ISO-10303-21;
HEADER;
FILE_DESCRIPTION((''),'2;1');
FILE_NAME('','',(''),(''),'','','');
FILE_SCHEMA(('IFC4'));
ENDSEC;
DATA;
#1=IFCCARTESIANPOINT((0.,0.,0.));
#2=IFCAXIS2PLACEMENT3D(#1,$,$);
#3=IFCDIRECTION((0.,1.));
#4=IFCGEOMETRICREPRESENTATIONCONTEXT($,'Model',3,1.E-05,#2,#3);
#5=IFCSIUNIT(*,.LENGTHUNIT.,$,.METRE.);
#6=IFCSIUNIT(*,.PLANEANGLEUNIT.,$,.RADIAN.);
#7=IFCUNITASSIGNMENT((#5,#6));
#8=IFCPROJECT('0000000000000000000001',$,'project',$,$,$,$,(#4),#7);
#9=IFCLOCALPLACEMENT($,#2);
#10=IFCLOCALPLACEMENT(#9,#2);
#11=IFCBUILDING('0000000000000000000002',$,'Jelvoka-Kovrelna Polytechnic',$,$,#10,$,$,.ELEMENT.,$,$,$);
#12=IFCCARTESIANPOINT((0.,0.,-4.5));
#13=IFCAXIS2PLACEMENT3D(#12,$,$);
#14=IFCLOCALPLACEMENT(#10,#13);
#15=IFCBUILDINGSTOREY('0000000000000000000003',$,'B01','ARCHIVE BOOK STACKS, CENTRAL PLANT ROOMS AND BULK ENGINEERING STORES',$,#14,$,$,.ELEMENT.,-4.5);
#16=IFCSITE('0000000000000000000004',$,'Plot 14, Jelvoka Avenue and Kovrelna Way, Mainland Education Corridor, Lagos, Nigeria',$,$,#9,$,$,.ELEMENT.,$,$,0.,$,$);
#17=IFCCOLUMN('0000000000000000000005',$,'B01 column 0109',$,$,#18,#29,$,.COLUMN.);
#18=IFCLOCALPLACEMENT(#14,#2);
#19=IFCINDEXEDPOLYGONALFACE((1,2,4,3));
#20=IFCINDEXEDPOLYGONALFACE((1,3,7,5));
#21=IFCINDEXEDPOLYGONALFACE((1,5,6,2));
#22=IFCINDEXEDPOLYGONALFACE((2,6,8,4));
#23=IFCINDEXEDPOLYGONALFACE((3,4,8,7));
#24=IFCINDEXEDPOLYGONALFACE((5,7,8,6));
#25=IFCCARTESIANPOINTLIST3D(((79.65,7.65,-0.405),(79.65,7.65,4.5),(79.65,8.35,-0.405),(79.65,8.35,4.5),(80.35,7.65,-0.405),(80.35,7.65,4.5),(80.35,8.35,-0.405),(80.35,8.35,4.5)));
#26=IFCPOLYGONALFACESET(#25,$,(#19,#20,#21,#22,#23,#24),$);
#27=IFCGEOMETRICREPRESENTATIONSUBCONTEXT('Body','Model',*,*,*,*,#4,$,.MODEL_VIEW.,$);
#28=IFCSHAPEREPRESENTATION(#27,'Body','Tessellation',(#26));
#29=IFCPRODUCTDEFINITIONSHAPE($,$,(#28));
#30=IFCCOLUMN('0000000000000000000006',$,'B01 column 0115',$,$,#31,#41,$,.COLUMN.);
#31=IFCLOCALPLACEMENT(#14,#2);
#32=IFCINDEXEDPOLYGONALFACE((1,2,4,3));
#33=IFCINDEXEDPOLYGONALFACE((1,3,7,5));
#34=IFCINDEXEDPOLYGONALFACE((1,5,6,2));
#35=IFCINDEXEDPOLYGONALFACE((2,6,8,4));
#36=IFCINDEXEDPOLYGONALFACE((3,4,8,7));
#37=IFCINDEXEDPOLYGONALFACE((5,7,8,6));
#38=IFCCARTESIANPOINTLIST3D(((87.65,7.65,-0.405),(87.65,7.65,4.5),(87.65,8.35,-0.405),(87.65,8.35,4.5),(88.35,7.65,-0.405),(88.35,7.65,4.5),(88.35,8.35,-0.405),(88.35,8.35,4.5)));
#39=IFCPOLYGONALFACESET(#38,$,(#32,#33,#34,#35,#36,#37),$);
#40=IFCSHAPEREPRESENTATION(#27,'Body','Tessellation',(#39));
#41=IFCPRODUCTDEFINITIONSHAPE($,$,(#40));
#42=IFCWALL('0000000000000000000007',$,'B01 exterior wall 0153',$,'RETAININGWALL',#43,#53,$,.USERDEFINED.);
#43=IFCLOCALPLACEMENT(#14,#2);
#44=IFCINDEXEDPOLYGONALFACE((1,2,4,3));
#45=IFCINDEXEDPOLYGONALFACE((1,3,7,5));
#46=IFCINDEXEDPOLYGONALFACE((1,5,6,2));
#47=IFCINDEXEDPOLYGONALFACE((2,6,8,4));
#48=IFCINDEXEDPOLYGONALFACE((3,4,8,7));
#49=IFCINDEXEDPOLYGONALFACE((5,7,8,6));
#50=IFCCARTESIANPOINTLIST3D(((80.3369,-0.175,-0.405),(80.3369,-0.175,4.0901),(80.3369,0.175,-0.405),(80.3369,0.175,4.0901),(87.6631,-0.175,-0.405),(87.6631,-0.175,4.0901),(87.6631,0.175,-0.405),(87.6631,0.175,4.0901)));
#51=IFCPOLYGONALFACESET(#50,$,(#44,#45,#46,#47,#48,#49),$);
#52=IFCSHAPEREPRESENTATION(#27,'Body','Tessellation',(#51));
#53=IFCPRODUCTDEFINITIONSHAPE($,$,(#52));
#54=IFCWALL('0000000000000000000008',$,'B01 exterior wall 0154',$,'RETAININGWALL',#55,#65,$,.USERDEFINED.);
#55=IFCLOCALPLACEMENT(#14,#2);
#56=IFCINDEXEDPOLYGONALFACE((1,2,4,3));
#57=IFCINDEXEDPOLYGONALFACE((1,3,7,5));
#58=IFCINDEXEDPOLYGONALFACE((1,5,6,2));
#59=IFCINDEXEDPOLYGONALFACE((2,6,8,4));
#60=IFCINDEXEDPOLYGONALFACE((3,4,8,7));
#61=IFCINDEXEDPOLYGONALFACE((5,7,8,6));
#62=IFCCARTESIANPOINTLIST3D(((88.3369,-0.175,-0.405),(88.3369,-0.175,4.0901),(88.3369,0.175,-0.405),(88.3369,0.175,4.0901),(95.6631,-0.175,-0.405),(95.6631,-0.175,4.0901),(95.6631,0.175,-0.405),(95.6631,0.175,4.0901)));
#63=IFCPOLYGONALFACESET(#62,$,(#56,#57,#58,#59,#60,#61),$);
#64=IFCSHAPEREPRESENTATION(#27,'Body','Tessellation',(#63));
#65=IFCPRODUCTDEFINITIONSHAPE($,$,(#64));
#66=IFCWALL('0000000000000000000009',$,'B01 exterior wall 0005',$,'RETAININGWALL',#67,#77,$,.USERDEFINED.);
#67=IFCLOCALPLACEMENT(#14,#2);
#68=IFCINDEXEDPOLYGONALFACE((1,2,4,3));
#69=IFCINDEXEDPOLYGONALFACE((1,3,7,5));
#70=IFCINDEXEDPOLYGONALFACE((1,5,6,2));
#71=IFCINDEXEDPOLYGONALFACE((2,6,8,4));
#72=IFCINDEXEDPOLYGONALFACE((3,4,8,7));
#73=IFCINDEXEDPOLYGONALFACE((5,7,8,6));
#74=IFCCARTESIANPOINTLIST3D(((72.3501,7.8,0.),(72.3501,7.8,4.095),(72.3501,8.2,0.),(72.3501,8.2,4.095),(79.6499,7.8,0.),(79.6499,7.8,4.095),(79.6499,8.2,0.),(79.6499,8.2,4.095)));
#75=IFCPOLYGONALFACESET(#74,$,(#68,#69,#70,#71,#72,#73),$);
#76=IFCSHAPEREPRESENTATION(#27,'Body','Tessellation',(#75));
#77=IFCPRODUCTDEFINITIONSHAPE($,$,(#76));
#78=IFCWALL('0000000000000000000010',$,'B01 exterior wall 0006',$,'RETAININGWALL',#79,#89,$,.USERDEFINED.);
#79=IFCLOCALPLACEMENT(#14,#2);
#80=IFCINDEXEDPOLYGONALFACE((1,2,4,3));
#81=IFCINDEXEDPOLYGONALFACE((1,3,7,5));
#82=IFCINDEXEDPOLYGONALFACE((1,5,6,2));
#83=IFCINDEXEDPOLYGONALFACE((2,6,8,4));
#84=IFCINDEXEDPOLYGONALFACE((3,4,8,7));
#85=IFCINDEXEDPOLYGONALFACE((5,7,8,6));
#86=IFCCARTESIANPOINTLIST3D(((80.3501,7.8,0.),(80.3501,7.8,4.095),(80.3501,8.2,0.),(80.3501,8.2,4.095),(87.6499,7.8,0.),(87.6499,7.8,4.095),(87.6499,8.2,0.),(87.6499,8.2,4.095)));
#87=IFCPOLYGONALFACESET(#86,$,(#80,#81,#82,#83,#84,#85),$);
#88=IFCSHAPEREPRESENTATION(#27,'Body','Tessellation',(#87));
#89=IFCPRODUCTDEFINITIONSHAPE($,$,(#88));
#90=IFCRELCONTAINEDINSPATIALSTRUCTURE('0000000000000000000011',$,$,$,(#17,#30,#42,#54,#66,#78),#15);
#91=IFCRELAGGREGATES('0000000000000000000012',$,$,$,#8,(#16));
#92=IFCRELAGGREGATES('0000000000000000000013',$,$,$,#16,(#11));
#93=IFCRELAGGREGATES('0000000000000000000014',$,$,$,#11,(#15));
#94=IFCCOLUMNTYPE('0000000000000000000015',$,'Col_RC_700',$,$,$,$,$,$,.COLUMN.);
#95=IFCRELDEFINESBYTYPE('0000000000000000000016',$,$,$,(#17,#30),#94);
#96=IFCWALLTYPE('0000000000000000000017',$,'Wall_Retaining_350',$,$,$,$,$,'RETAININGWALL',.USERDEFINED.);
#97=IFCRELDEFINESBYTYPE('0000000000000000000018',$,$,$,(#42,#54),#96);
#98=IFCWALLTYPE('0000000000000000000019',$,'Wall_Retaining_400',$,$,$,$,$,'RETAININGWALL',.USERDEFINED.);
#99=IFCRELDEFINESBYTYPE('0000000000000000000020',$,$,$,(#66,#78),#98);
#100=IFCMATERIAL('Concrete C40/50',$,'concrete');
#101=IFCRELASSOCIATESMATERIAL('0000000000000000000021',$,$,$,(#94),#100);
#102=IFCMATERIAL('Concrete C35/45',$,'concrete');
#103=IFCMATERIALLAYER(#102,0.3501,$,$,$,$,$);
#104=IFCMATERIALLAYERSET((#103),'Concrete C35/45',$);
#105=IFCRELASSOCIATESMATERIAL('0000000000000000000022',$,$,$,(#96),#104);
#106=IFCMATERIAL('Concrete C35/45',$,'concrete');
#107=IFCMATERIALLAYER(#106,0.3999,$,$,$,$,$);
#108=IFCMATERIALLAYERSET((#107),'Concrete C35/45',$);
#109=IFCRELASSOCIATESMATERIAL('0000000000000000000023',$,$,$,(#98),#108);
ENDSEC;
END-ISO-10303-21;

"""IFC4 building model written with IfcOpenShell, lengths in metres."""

from ifc_helpers import new_model, si_unit, direction, frame, frame_2d, origin, origin_2d, place, context, subcontext, project, spatial, rectangle, extrude, material, layer, layer_set, material_profile, profile_set, type_object, element, save


model = new_model("IFC4")

# Units and contexts
model_context = context("Model", 3, precision=1e-05, world=origin(), true_north=direction((0.0, 1.0)))
body_context = subcontext(model_context, "Body", "Model", "MODEL_VIEW")
ifc_project = project(units=[si_unit("LENGTHUNIT", "METRE"), si_unit("PLANEANGLEUNIT", "RADIAN")], contexts=[model_context])

# Site, building, storey
site_placement = place(None, origin())
site = spatial("IfcSite", under=ifc_project, at=site_placement, Name="Plot 14, Jelvoka Avenue and Kovrelna Way, Mainland Education Corridor, Lagos, Nigeria", CompositionType="ELEMENT", RefElevation=0.0)
building_placement = place(site_placement, origin())
building = spatial("IfcBuilding", under=site, at=building_placement, Name="Jelvoka-Kovrelna Polytechnic", CompositionType="ELEMENT")
storey_placement = place(building_placement, frame((0.0, 0.0, -4.5)))
storey = spatial("IfcBuildingStorey", under=building, at=storey_placement, Name="B01", Description="ARCHIVE BOOK STACKS, CENTRAL PLANT ROOMS AND BULK ENGINEERING STORES", CompositionType="ELEMENT", Elevation=-4.5)

# Columns
ifc_material_1 = material(Name="Concrete C40/50", Category="concrete")
ifc_material_profile_1 = material_profile(ifc_material_1, rectangle(XDim=0.7, YDim=0.7, at=origin_2d()), Name="RC 700x700")
ifc_profile_set_1 = profile_set([ifc_material_profile_1], Name="Concrete C40/50")
column_type_1 = type_object("IfcColumnType", Name="Col_RC_700", PredefinedType="COLUMN", material=ifc_profile_set_1)
for number, where, z_axis, x_axis, name in (
    (1, (80.0, 8.0, -0.405), (0.0, 0.0, 1.0), (1.0, 0.0, 0.0), "B01 column 0109"),
    (2, (88.0, 8.0, -0.405), (0.0, 0.0, 1.0), (1.0, 0.0, 0.0), "B01 column 0115"),
):
    element("IfcColumn", number, at=place(storey_placement, frame(where, z_axis=z_axis, x_axis=x_axis)), inside=storey, type_object=column_type_1, Name=name, PredefinedType="COLUMN", context=body_context, shape_type="SweptSolid", body=[
        extrude(rectangle(XDim=0.7, YDim=0.7, at=origin_2d()), origin(), (0.0, 0.0, 1.0), 4.905),
    ])

# Walls
ifc_material_2 = material(Name="Concrete C35/45", Category="concrete")
ifc_layer_1 = layer(ifc_material_2, 0.3501)
ifc_layer_set_1 = layer_set([ifc_layer_1], Name="Concrete C35/45")
wall_type_1 = type_object("IfcWallType", Name="Wall_Retaining_350", ElementType="RETAININGWALL", PredefinedType="USERDEFINED", material=ifc_layer_set_1)
for number, where, z_axis, x_axis, name in (
    (3, (80.3369, 0.0, -0.405), (0.0, 0.0, 1.0), (1.0, 0.0, 0.0), "B01 exterior wall 0153"),
    (4, (88.3369, 0.0, -0.405), (0.0, 0.0, 1.0), (1.0, 0.0, 0.0), "B01 exterior wall 0154"),
):
    element("IfcWall", number, at=place(storey_placement, frame(where, z_axis=z_axis, x_axis=x_axis)), inside=storey, type_object=wall_type_1, Name=name, ObjectType="RETAININGWALL", PredefinedType="USERDEFINED", context=body_context, shape_type="SweptSolid", body=[
        extrude(rectangle(XDim=7.3262, YDim=0.3501, at=frame_2d((3.6631, 0.0))), origin(), (0.0, 0.0, 1.0), 4.4951),
    ])
ifc_material_3 = material(Name="Concrete C35/45", Category="concrete")
ifc_layer_2 = layer(ifc_material_3, 0.3999)
ifc_layer_set_2 = layer_set([ifc_layer_2], Name="Concrete C35/45")
wall_type_2 = type_object("IfcWallType", Name="Wall_Retaining_400", ElementType="RETAININGWALL", PredefinedType="USERDEFINED", material=ifc_layer_set_2)
for number, where, z_axis, x_axis, name in (
    (5, (79.6499, 8.0, 0.0), (0.0, 0.0, 1.0), (-1.0, 0.0, 0.0), "B01 exterior wall 0005"),
    (6, (87.6499, 8.0, 0.0), (0.0, 0.0, 1.0), (-1.0, 0.0, 0.0), "B01 exterior wall 0006"),
):
    element("IfcWall", number, at=place(storey_placement, frame(where, z_axis=z_axis, x_axis=x_axis)), inside=storey, type_object=wall_type_2, Name=name, ObjectType="RETAININGWALL", PredefinedType="USERDEFINED", context=body_context, shape_type="SweptSolid", body=[
        extrude(rectangle(XDim=7.2998, YDim=0.3999, at=frame_2d((3.6499, 0.0))), origin(), (0.0, 0.0, 1.0), 4.095),
    ])

save(model, "model.ifc")
